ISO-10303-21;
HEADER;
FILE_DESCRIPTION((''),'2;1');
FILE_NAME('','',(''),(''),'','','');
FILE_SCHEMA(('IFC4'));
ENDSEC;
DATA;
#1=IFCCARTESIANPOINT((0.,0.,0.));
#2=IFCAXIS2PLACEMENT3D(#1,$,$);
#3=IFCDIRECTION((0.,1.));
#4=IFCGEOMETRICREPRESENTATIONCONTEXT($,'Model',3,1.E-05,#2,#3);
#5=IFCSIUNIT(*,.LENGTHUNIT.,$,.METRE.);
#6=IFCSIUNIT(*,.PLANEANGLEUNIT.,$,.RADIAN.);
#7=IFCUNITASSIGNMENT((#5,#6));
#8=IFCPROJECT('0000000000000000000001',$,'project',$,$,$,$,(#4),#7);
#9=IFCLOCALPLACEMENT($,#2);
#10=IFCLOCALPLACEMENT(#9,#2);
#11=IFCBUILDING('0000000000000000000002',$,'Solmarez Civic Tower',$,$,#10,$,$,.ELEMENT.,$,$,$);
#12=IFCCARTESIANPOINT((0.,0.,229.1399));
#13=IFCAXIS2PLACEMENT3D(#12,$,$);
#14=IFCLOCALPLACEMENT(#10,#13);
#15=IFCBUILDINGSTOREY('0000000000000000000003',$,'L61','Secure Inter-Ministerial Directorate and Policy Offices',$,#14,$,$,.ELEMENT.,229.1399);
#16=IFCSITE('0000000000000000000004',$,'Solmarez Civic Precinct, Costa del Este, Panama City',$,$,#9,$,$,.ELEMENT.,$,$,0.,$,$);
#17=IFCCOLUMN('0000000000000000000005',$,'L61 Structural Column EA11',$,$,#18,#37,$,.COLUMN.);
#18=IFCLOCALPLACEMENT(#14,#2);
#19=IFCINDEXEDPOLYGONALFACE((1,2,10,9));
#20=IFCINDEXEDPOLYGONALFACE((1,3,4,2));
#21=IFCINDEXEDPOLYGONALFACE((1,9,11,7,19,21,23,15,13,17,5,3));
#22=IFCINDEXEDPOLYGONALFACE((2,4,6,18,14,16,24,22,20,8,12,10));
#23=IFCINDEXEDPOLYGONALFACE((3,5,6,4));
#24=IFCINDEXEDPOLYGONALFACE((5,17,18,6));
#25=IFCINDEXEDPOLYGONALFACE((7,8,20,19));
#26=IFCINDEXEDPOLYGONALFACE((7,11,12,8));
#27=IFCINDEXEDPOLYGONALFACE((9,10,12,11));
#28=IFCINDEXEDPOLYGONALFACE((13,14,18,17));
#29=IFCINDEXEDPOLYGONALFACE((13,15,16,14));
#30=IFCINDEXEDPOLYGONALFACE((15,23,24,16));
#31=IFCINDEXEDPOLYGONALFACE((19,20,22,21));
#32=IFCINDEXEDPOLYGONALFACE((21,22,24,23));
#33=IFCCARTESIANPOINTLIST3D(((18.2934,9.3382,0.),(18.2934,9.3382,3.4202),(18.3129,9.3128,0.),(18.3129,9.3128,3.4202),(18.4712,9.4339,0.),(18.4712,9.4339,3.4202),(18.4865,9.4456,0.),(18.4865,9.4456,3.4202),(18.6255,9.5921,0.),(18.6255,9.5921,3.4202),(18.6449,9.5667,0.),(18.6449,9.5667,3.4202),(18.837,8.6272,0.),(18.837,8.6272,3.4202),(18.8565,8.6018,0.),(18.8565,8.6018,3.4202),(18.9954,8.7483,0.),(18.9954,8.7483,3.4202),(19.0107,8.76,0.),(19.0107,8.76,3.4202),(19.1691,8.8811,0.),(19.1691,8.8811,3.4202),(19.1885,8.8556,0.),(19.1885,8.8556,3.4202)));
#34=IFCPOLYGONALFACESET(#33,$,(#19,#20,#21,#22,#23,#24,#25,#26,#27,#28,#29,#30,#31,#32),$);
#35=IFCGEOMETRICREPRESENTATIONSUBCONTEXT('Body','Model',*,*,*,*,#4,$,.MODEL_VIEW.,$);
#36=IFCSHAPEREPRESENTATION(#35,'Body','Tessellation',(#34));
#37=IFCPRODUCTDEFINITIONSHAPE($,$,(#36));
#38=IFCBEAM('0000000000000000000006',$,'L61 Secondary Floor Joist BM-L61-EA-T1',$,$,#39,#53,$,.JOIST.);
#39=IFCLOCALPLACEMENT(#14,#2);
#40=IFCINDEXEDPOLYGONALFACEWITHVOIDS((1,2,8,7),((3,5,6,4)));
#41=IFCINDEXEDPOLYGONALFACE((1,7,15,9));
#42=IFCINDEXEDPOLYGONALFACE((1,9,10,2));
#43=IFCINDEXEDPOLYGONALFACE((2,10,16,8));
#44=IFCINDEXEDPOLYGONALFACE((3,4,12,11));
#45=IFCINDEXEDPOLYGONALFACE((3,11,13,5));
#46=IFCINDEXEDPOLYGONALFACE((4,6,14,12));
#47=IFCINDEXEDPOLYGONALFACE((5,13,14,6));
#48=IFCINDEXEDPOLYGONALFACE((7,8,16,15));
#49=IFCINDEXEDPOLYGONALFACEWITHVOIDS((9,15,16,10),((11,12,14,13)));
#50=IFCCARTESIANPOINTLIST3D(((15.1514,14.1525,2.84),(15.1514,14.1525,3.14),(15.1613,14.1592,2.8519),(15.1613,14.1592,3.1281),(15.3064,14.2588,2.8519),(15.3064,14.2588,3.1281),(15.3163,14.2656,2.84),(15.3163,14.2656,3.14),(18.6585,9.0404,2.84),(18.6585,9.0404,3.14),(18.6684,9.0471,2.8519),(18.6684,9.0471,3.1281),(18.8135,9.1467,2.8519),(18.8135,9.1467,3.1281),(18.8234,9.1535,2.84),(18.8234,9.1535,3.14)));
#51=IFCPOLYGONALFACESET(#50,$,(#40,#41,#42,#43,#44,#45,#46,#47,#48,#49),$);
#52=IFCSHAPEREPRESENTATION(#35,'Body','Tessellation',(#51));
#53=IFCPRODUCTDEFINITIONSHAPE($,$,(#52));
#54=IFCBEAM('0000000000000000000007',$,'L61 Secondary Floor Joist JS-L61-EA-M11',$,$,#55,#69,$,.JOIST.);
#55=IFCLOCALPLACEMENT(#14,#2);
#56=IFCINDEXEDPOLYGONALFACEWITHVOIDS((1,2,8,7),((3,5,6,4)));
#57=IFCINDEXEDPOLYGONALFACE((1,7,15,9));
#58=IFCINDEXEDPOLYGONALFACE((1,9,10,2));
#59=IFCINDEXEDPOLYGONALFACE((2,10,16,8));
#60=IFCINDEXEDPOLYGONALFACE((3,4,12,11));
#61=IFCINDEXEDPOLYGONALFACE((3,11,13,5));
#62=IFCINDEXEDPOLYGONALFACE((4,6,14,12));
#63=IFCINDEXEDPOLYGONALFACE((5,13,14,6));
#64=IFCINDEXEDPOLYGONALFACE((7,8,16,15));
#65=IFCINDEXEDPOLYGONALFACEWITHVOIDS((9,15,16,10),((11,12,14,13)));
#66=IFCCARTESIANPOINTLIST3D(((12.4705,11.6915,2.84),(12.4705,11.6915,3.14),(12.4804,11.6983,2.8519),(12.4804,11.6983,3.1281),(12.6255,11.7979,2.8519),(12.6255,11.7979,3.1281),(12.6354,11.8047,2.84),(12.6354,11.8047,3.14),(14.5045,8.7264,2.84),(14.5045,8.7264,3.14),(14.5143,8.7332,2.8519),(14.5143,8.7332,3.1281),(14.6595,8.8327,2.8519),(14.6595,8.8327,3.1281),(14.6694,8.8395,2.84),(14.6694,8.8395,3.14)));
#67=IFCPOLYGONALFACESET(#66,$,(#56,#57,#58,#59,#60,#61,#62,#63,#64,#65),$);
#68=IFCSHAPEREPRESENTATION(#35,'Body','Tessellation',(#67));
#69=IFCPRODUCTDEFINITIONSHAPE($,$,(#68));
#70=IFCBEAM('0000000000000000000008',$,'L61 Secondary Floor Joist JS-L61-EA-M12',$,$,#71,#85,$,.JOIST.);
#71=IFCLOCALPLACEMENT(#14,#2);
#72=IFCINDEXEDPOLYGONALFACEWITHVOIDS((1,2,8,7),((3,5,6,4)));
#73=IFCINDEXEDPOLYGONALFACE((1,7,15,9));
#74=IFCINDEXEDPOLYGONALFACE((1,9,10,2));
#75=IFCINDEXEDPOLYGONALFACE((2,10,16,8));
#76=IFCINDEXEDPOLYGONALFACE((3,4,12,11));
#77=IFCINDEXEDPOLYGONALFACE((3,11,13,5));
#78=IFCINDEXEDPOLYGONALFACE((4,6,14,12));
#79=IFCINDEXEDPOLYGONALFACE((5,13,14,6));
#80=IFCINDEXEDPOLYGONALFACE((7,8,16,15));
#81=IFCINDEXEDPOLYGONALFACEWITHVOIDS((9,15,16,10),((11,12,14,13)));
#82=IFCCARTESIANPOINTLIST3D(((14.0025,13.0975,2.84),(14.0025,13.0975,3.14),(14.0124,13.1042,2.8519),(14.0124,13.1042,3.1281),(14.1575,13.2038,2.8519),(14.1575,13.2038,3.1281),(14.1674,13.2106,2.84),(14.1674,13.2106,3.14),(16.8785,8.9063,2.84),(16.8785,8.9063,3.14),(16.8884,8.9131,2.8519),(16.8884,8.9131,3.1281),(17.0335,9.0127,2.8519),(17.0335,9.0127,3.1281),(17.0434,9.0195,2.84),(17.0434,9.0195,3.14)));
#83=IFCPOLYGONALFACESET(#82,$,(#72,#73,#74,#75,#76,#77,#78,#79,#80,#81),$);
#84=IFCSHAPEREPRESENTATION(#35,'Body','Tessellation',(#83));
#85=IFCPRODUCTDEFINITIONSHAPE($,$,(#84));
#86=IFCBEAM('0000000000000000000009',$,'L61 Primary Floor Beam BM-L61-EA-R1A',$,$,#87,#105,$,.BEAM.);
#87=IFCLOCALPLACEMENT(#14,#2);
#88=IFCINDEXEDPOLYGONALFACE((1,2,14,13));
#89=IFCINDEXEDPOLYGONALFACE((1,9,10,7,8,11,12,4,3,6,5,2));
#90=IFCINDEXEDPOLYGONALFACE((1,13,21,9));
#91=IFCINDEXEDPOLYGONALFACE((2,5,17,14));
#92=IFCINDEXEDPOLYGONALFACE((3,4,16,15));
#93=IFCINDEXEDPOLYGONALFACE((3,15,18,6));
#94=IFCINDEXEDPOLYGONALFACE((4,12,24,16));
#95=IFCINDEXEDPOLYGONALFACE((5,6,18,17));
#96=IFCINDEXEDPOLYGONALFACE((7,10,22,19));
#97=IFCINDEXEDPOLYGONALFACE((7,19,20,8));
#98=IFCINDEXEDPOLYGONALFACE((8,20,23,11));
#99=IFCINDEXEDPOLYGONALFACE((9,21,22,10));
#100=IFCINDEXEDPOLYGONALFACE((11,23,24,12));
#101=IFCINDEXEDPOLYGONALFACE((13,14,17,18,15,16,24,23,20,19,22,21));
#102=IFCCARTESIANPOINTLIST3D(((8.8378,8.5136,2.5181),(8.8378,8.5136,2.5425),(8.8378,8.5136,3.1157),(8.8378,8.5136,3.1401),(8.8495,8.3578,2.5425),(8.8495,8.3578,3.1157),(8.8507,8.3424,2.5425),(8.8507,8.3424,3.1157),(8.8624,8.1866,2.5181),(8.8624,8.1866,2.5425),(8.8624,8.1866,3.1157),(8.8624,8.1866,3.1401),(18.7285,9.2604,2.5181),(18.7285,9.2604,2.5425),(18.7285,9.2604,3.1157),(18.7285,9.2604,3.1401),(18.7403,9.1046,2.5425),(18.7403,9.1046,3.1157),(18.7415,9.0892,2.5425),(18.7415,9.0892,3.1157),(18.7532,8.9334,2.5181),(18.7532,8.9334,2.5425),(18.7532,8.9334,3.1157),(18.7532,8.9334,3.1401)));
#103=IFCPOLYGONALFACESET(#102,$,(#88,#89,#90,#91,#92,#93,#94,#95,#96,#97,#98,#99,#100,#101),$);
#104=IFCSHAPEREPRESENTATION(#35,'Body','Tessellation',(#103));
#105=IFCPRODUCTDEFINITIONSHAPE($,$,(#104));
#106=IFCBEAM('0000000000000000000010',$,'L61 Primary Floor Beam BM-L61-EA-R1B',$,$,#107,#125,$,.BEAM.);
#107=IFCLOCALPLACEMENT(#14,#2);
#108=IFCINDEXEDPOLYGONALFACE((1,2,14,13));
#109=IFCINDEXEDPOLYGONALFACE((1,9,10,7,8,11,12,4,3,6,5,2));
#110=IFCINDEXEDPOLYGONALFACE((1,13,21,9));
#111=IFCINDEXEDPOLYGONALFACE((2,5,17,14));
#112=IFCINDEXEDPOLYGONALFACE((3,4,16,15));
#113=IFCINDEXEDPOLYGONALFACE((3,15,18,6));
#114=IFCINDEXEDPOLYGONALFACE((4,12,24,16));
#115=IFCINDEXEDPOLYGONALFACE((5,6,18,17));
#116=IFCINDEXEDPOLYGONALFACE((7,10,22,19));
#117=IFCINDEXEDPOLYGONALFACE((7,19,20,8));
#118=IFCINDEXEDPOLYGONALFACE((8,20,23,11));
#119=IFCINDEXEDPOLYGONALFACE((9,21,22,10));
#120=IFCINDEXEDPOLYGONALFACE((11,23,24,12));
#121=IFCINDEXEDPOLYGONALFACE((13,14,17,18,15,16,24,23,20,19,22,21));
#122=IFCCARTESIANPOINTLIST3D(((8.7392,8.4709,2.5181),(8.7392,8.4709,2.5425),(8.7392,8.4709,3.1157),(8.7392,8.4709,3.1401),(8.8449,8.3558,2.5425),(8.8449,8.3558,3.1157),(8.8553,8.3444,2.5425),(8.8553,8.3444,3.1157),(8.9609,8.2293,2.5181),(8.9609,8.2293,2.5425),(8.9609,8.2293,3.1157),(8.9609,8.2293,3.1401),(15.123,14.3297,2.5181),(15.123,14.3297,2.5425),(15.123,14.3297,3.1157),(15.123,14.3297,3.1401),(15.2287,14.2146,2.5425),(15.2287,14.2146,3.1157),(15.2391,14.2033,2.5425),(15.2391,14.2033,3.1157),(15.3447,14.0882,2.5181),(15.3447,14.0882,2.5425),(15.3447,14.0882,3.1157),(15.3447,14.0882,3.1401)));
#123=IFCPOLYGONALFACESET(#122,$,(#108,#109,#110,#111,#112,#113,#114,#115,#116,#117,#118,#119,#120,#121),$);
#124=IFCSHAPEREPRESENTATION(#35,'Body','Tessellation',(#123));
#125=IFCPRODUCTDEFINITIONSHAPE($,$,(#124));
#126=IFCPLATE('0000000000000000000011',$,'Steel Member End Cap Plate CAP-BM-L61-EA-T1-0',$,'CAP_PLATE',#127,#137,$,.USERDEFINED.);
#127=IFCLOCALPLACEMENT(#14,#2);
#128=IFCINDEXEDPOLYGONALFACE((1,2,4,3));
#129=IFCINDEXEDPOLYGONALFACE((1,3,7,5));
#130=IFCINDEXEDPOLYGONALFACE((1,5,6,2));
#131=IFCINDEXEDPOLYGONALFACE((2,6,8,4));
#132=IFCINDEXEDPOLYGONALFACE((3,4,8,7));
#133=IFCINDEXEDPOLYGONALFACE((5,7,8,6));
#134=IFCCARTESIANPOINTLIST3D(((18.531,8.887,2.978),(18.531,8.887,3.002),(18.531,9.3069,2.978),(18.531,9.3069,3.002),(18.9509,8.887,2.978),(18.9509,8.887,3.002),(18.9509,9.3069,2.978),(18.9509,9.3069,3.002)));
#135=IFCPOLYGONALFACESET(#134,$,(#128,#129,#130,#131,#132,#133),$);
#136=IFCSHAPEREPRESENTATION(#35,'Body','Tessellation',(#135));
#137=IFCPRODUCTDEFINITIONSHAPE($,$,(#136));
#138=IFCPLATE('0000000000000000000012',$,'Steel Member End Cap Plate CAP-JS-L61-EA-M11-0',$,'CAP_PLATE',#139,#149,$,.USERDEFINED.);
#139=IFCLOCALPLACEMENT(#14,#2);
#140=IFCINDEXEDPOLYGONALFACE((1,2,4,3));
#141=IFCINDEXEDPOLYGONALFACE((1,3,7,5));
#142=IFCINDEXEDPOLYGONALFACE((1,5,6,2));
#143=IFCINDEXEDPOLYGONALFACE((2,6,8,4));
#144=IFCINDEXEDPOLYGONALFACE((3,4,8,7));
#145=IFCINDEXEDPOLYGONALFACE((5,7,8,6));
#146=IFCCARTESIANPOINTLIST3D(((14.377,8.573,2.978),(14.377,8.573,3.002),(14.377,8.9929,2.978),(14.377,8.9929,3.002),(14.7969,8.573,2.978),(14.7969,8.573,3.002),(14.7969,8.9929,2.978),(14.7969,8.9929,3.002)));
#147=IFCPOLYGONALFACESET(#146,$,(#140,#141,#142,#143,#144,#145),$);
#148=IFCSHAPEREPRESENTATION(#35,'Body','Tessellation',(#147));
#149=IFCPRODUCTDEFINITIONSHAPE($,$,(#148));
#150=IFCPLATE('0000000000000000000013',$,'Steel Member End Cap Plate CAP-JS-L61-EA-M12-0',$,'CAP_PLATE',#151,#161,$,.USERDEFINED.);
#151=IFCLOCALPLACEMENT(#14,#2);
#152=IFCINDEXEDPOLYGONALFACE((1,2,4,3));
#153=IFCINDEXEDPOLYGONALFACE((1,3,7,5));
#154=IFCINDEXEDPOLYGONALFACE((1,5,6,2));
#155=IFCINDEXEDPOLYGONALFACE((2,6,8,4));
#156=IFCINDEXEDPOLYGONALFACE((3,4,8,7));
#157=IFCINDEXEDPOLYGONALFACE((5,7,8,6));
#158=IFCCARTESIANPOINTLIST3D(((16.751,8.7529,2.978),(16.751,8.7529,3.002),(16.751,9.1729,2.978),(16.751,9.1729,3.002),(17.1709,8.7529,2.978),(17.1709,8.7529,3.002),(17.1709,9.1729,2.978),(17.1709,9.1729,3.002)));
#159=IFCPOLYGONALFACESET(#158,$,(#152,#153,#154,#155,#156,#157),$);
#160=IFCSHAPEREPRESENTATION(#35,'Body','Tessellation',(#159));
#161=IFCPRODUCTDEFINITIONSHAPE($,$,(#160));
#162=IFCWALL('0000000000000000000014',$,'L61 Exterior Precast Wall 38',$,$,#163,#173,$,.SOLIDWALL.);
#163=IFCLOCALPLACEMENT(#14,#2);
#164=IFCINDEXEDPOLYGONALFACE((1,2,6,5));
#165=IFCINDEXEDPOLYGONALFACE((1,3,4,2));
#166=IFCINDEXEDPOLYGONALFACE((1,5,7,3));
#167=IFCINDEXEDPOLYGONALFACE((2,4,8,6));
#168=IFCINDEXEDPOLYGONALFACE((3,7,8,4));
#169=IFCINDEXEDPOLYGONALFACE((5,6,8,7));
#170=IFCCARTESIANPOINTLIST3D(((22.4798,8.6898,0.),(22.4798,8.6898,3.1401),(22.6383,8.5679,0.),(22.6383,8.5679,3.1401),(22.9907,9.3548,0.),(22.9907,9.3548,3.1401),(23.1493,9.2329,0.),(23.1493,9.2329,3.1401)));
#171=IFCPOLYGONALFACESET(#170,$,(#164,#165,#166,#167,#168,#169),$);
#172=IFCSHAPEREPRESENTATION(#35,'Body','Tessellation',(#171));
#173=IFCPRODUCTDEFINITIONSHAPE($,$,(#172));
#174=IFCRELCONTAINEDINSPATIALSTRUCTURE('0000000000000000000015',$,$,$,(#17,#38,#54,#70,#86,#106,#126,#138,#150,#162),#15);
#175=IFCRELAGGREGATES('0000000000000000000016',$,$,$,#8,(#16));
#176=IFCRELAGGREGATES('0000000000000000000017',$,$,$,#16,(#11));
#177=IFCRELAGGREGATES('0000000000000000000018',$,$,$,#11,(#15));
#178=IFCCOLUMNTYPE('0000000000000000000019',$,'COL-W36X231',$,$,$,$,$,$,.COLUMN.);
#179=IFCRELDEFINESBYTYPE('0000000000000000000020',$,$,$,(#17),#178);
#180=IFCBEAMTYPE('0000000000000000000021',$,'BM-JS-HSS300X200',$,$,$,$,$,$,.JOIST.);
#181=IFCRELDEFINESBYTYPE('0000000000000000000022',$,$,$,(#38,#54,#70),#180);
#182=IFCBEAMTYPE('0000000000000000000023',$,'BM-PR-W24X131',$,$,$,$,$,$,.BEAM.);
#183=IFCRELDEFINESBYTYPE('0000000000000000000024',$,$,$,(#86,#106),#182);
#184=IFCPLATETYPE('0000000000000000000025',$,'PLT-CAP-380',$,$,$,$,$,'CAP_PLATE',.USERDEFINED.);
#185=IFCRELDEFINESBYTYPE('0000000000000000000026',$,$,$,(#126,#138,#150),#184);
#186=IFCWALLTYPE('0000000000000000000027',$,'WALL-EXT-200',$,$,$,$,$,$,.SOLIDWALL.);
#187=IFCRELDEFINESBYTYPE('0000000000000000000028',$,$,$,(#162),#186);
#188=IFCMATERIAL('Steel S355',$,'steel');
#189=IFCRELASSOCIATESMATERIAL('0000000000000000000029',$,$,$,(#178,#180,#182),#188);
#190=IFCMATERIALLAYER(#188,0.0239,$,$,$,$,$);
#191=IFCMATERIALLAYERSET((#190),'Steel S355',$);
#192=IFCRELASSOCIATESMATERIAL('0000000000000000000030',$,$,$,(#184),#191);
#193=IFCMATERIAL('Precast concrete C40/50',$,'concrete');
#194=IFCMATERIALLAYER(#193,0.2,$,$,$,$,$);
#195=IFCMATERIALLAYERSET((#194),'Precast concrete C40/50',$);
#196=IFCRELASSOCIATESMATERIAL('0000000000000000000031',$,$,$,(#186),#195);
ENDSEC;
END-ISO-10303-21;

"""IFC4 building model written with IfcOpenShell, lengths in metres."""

from ifc_helpers import new_model, si_unit, direction, frame, frame_2d, origin, origin_2d, place, context, subcontext, project, spatial, rectangle, hollow_rectangle, i_section, extrude, material, layer, layer_set, material_profile, profile_set, type_object, element, save


model = new_model("IFC4")

# Units and contexts
model_context = context("Model", 3, precision=1e-05, world=origin(), true_north=direction((0.0, 1.0)))
body_context = subcontext(model_context, "Body", "Model", "MODEL_VIEW")
ifc_project = project(units=[si_unit("LENGTHUNIT", "METRE"), si_unit("PLANEANGLEUNIT", "RADIAN")], contexts=[model_context])

# Site, building, storey
site_placement = place(None, origin())
site = spatial("IfcSite", under=ifc_project, at=site_placement, Name="Solmarez Civic Precinct, Costa del Este, Panama City", CompositionType="ELEMENT", RefElevation=0.0)
building_placement = place(site_placement, origin())
building = spatial("IfcBuilding", under=site, at=building_placement, Name="Solmarez Civic Tower", CompositionType="ELEMENT")
storey_placement = place(building_placement, frame((0.0, 0.0, 229.1399)))
storey = spatial("IfcBuildingStorey", under=building, at=storey_placement, Name="L61", Description="Secure Inter-Ministerial Directorate and Policy Offices", CompositionType="ELEMENT", Elevation=229.1399)

# Column
ifc_material_1 = material(Name="Steel S355", Category="steel")
ifc_material_profile_1 = material_profile(ifc_material_1, i_section(OverallWidth=0.418, OverallDepth=0.927, WebThickness=0.0193, FlangeThickness=0.032, at=origin_2d()), Name="W36X231")
ifc_profile_set_1 = profile_set([ifc_material_profile_1], Name="Steel S355")
column_type = type_object("IfcColumnType", Name="COL-W36X231", PredefinedType="COLUMN", material=ifc_profile_set_1)
column_placement = place(storey_placement, frame((18.741, 9.0969, 0.0), z_axis=(0.0, 0.0, 1.0), x_axis=(0.794415, 0.607376, 0.0)))
element("IfcColumn", 1, at=column_placement, inside=storey, type_object=column_type, Name="L61 Structural Column EA11", PredefinedType="COLUMN", context=body_context, shape_type="SweptSolid", body=[
    extrude(i_section(OverallWidth=0.418, OverallDepth=0.927, WebThickness=0.0193, FlangeThickness=0.032, at=origin_2d()), origin(), (0.0, 0.0, 1.0), 3.4202),
])

# Beams
ifc_material_profile_2 = material_profile(ifc_material_1, hollow_rectangle(XDim=0.2, YDim=0.3, WallThickness=0.012, at=origin_2d()), Name="HSS300X200X12")
ifc_profile_set_2 = profile_set([ifc_material_profile_2], Name="Steel S355")
beam_type_1 = type_object("IfcBeamType", Name="BM-JS-HSS300X200", PredefinedType="JOIST", material=ifc_profile_set_2)
beam_1_placement = place(storey_placement, frame((18.741, 9.0969, 2.99), z_axis=(-0.565711, 0.824603, 0.0), x_axis=(-0.824603, -0.565711, 0.0)))
element("IfcBeam", 2, at=beam_1_placement, inside=storey, type_object=beam_type_1, Name="L61 Secondary Floor Joist BM-L61-EA-T1", PredefinedType="JOIST", context=body_context, shape_type="SweptSolid", body=[
    extrude(hollow_rectangle(XDim=0.2, YDim=0.3, WallThickness=0.012, at=origin_2d()), origin(), (0.0, 0.0, 1.0), 6.1995),
])
beam_2_placement = place(storey_placement, frame((14.5869, 8.783, 2.99), z_axis=(-0.565667, 0.824634, 0.0), x_axis=(-0.824634, -0.565667, 0.0)))
element("IfcBeam", 3, at=beam_2_placement, inside=storey, type_object=beam_type_1, Name="L61 Secondary Floor Joist JS-L61-EA-M11", PredefinedType="JOIST", context=body_context, shape_type="SweptSolid", body=[
    extrude(hollow_rectangle(XDim=0.2, YDim=0.3, WallThickness=0.012, at=origin_2d()), origin(), (0.0, 0.0, 1.0), 3.5957),
])
beam_3_placement = place(storey_placement, frame((16.9609, 8.9629, 2.99), z_axis=(-0.565801, 0.824542, 0.0), x_axis=(-0.824542, -0.565801, 0.0)))
element("IfcBeam", 4, at=beam_3_placement, inside=storey, type_object=beam_type_1, Name="L61 Secondary Floor Joist JS-L61-EA-M12", PredefinedType="JOIST", context=body_context, shape_type="SweptSolid", body=[
    extrude(hollow_rectangle(XDim=0.2, YDim=0.3, WallThickness=0.012, at=origin_2d()), origin(), (0.0, 0.0, 1.0), 5.083),
])
ifc_material_profile_3 = material_profile(ifc_material_1, i_section(OverallWidth=0.3279, OverallDepth=0.6221, WebThickness=0.0154, FlangeThickness=0.0244, at=origin_2d()), Name="W24X131")
ifc_profile_set_3 = profile_set([ifc_material_profile_3], Name="Steel S355")
beam_type_2 = type_object("IfcBeamType", Name="BM-PR-W24X131", PredefinedType="BEAM", material=ifc_profile_set_3)
beam_4_placement = place(storey_placement, frame((8.8501, 8.3501, 2.8291), z_axis=(0.997162, 0.075292, 0.0), x_axis=(-0.075292, 0.997162, 0.0)))
element("IfcBeam", 5, at=beam_4_placement, inside=storey, type_object=beam_type_2, Name="L61 Primary Floor Beam BM-L61-EA-R1A", PredefinedType="BEAM", context=body_context, shape_type="SweptSolid", body=[
    extrude(i_section(OverallWidth=0.3279, OverallDepth=0.6221, WebThickness=0.0154, FlangeThickness=0.0244, at=origin_2d()), origin(), (0.0, 0.0, 1.0), 9.9189),
])
beam_5_placement = place(storey_placement, frame((8.8501, 8.3501, 2.8291), z_axis=(0.736747, 0.676169, 0.0), x_axis=(-0.676169, 0.736747, 0.0)))
element("IfcBeam", 6, at=beam_5_placement, inside=storey, type_object=beam_type_2, Name="L61 Primary Floor Beam BM-L61-EA-R1B", PredefinedType="BEAM", context=body_context, shape_type="SweptSolid", body=[
    extrude(i_section(OverallWidth=0.3279, OverallDepth=0.6221, WebThickness=0.0154, FlangeThickness=0.0244, at=origin_2d()), origin(), (0.0, 0.0, 1.0), 8.6648),
])

# Plates
ifc_layer_1 = layer(ifc_material_1, 0.0239)
ifc_layer_set_1 = layer_set([ifc_layer_1], Name="Steel S355")
plate_type = type_object("IfcPlateType", Name="PLT-CAP-380", ElementType="CAP_PLATE", PredefinedType="USERDEFINED", material=ifc_layer_set_1)
for number, where, z_axis, x_axis, name in (
    (7, (18.741, 9.0969, 2.978), (0.0, 0.0, 1.0), (1.0, 0.0, 0.0), "Steel Member End Cap Plate CAP-BM-L61-EA-T1-0"),
    (8, (14.5869, 8.783, 2.978), (0.0, 0.0, 1.0), (1.0, 0.0, 0.0), "Steel Member End Cap Plate CAP-JS-L61-EA-M11-0"),
    (9, (16.9609, 8.9629, 2.978), (0.0, 0.0, 1.0), (1.0, 0.0, 0.0), "Steel Member End Cap Plate CAP-JS-L61-EA-M12-0"),
):
    element("IfcPlate", number, at=place(storey_placement, frame(where, z_axis=z_axis, x_axis=x_axis)), inside=storey, type_object=plate_type, Name=name, ObjectType="CAP_PLATE", PredefinedType="USERDEFINED", context=body_context, shape_type="SweptSolid", body=[
        extrude(rectangle(XDim=0.4199, YDim=0.4199, at=origin_2d()), origin(), (0.0, 0.0, 1.0), 0.0239),
    ])

# Wall
ifc_material_2 = material(Name="Precast concrete C40/50", Category="concrete")
ifc_layer_2 = layer(ifc_material_2, 0.2)
ifc_layer_set_2 = layer_set([ifc_layer_2], Name="Precast concrete C40/50")
wall_type_1 = type_object("IfcWallType", Name="WALL-EXT-200", PredefinedType="SOLIDWALL", material=ifc_layer_set_2)
wall_1_placement = place(storey_placement, frame((23.0701, 9.2939, 0.0), z_axis=(0.0, 0.0, 1.0), x_axis=(-0.609275, -0.792959, 0.0)))
element("IfcWall", 10, at=wall_1_placement, inside=storey, type_object=wall_type_1, Name="L61 Exterior Precast Wall 38", PredefinedType="SOLIDWALL", context=body_context, shape_type="SweptSolid", body=[
    extrude(rectangle(XDim=0.8386, YDim=0.2, at=frame_2d((0.4194, 0.0))), origin(), (0.0, 0.0, 1.0), 3.1401),
])

save(model, "model.ifc")
